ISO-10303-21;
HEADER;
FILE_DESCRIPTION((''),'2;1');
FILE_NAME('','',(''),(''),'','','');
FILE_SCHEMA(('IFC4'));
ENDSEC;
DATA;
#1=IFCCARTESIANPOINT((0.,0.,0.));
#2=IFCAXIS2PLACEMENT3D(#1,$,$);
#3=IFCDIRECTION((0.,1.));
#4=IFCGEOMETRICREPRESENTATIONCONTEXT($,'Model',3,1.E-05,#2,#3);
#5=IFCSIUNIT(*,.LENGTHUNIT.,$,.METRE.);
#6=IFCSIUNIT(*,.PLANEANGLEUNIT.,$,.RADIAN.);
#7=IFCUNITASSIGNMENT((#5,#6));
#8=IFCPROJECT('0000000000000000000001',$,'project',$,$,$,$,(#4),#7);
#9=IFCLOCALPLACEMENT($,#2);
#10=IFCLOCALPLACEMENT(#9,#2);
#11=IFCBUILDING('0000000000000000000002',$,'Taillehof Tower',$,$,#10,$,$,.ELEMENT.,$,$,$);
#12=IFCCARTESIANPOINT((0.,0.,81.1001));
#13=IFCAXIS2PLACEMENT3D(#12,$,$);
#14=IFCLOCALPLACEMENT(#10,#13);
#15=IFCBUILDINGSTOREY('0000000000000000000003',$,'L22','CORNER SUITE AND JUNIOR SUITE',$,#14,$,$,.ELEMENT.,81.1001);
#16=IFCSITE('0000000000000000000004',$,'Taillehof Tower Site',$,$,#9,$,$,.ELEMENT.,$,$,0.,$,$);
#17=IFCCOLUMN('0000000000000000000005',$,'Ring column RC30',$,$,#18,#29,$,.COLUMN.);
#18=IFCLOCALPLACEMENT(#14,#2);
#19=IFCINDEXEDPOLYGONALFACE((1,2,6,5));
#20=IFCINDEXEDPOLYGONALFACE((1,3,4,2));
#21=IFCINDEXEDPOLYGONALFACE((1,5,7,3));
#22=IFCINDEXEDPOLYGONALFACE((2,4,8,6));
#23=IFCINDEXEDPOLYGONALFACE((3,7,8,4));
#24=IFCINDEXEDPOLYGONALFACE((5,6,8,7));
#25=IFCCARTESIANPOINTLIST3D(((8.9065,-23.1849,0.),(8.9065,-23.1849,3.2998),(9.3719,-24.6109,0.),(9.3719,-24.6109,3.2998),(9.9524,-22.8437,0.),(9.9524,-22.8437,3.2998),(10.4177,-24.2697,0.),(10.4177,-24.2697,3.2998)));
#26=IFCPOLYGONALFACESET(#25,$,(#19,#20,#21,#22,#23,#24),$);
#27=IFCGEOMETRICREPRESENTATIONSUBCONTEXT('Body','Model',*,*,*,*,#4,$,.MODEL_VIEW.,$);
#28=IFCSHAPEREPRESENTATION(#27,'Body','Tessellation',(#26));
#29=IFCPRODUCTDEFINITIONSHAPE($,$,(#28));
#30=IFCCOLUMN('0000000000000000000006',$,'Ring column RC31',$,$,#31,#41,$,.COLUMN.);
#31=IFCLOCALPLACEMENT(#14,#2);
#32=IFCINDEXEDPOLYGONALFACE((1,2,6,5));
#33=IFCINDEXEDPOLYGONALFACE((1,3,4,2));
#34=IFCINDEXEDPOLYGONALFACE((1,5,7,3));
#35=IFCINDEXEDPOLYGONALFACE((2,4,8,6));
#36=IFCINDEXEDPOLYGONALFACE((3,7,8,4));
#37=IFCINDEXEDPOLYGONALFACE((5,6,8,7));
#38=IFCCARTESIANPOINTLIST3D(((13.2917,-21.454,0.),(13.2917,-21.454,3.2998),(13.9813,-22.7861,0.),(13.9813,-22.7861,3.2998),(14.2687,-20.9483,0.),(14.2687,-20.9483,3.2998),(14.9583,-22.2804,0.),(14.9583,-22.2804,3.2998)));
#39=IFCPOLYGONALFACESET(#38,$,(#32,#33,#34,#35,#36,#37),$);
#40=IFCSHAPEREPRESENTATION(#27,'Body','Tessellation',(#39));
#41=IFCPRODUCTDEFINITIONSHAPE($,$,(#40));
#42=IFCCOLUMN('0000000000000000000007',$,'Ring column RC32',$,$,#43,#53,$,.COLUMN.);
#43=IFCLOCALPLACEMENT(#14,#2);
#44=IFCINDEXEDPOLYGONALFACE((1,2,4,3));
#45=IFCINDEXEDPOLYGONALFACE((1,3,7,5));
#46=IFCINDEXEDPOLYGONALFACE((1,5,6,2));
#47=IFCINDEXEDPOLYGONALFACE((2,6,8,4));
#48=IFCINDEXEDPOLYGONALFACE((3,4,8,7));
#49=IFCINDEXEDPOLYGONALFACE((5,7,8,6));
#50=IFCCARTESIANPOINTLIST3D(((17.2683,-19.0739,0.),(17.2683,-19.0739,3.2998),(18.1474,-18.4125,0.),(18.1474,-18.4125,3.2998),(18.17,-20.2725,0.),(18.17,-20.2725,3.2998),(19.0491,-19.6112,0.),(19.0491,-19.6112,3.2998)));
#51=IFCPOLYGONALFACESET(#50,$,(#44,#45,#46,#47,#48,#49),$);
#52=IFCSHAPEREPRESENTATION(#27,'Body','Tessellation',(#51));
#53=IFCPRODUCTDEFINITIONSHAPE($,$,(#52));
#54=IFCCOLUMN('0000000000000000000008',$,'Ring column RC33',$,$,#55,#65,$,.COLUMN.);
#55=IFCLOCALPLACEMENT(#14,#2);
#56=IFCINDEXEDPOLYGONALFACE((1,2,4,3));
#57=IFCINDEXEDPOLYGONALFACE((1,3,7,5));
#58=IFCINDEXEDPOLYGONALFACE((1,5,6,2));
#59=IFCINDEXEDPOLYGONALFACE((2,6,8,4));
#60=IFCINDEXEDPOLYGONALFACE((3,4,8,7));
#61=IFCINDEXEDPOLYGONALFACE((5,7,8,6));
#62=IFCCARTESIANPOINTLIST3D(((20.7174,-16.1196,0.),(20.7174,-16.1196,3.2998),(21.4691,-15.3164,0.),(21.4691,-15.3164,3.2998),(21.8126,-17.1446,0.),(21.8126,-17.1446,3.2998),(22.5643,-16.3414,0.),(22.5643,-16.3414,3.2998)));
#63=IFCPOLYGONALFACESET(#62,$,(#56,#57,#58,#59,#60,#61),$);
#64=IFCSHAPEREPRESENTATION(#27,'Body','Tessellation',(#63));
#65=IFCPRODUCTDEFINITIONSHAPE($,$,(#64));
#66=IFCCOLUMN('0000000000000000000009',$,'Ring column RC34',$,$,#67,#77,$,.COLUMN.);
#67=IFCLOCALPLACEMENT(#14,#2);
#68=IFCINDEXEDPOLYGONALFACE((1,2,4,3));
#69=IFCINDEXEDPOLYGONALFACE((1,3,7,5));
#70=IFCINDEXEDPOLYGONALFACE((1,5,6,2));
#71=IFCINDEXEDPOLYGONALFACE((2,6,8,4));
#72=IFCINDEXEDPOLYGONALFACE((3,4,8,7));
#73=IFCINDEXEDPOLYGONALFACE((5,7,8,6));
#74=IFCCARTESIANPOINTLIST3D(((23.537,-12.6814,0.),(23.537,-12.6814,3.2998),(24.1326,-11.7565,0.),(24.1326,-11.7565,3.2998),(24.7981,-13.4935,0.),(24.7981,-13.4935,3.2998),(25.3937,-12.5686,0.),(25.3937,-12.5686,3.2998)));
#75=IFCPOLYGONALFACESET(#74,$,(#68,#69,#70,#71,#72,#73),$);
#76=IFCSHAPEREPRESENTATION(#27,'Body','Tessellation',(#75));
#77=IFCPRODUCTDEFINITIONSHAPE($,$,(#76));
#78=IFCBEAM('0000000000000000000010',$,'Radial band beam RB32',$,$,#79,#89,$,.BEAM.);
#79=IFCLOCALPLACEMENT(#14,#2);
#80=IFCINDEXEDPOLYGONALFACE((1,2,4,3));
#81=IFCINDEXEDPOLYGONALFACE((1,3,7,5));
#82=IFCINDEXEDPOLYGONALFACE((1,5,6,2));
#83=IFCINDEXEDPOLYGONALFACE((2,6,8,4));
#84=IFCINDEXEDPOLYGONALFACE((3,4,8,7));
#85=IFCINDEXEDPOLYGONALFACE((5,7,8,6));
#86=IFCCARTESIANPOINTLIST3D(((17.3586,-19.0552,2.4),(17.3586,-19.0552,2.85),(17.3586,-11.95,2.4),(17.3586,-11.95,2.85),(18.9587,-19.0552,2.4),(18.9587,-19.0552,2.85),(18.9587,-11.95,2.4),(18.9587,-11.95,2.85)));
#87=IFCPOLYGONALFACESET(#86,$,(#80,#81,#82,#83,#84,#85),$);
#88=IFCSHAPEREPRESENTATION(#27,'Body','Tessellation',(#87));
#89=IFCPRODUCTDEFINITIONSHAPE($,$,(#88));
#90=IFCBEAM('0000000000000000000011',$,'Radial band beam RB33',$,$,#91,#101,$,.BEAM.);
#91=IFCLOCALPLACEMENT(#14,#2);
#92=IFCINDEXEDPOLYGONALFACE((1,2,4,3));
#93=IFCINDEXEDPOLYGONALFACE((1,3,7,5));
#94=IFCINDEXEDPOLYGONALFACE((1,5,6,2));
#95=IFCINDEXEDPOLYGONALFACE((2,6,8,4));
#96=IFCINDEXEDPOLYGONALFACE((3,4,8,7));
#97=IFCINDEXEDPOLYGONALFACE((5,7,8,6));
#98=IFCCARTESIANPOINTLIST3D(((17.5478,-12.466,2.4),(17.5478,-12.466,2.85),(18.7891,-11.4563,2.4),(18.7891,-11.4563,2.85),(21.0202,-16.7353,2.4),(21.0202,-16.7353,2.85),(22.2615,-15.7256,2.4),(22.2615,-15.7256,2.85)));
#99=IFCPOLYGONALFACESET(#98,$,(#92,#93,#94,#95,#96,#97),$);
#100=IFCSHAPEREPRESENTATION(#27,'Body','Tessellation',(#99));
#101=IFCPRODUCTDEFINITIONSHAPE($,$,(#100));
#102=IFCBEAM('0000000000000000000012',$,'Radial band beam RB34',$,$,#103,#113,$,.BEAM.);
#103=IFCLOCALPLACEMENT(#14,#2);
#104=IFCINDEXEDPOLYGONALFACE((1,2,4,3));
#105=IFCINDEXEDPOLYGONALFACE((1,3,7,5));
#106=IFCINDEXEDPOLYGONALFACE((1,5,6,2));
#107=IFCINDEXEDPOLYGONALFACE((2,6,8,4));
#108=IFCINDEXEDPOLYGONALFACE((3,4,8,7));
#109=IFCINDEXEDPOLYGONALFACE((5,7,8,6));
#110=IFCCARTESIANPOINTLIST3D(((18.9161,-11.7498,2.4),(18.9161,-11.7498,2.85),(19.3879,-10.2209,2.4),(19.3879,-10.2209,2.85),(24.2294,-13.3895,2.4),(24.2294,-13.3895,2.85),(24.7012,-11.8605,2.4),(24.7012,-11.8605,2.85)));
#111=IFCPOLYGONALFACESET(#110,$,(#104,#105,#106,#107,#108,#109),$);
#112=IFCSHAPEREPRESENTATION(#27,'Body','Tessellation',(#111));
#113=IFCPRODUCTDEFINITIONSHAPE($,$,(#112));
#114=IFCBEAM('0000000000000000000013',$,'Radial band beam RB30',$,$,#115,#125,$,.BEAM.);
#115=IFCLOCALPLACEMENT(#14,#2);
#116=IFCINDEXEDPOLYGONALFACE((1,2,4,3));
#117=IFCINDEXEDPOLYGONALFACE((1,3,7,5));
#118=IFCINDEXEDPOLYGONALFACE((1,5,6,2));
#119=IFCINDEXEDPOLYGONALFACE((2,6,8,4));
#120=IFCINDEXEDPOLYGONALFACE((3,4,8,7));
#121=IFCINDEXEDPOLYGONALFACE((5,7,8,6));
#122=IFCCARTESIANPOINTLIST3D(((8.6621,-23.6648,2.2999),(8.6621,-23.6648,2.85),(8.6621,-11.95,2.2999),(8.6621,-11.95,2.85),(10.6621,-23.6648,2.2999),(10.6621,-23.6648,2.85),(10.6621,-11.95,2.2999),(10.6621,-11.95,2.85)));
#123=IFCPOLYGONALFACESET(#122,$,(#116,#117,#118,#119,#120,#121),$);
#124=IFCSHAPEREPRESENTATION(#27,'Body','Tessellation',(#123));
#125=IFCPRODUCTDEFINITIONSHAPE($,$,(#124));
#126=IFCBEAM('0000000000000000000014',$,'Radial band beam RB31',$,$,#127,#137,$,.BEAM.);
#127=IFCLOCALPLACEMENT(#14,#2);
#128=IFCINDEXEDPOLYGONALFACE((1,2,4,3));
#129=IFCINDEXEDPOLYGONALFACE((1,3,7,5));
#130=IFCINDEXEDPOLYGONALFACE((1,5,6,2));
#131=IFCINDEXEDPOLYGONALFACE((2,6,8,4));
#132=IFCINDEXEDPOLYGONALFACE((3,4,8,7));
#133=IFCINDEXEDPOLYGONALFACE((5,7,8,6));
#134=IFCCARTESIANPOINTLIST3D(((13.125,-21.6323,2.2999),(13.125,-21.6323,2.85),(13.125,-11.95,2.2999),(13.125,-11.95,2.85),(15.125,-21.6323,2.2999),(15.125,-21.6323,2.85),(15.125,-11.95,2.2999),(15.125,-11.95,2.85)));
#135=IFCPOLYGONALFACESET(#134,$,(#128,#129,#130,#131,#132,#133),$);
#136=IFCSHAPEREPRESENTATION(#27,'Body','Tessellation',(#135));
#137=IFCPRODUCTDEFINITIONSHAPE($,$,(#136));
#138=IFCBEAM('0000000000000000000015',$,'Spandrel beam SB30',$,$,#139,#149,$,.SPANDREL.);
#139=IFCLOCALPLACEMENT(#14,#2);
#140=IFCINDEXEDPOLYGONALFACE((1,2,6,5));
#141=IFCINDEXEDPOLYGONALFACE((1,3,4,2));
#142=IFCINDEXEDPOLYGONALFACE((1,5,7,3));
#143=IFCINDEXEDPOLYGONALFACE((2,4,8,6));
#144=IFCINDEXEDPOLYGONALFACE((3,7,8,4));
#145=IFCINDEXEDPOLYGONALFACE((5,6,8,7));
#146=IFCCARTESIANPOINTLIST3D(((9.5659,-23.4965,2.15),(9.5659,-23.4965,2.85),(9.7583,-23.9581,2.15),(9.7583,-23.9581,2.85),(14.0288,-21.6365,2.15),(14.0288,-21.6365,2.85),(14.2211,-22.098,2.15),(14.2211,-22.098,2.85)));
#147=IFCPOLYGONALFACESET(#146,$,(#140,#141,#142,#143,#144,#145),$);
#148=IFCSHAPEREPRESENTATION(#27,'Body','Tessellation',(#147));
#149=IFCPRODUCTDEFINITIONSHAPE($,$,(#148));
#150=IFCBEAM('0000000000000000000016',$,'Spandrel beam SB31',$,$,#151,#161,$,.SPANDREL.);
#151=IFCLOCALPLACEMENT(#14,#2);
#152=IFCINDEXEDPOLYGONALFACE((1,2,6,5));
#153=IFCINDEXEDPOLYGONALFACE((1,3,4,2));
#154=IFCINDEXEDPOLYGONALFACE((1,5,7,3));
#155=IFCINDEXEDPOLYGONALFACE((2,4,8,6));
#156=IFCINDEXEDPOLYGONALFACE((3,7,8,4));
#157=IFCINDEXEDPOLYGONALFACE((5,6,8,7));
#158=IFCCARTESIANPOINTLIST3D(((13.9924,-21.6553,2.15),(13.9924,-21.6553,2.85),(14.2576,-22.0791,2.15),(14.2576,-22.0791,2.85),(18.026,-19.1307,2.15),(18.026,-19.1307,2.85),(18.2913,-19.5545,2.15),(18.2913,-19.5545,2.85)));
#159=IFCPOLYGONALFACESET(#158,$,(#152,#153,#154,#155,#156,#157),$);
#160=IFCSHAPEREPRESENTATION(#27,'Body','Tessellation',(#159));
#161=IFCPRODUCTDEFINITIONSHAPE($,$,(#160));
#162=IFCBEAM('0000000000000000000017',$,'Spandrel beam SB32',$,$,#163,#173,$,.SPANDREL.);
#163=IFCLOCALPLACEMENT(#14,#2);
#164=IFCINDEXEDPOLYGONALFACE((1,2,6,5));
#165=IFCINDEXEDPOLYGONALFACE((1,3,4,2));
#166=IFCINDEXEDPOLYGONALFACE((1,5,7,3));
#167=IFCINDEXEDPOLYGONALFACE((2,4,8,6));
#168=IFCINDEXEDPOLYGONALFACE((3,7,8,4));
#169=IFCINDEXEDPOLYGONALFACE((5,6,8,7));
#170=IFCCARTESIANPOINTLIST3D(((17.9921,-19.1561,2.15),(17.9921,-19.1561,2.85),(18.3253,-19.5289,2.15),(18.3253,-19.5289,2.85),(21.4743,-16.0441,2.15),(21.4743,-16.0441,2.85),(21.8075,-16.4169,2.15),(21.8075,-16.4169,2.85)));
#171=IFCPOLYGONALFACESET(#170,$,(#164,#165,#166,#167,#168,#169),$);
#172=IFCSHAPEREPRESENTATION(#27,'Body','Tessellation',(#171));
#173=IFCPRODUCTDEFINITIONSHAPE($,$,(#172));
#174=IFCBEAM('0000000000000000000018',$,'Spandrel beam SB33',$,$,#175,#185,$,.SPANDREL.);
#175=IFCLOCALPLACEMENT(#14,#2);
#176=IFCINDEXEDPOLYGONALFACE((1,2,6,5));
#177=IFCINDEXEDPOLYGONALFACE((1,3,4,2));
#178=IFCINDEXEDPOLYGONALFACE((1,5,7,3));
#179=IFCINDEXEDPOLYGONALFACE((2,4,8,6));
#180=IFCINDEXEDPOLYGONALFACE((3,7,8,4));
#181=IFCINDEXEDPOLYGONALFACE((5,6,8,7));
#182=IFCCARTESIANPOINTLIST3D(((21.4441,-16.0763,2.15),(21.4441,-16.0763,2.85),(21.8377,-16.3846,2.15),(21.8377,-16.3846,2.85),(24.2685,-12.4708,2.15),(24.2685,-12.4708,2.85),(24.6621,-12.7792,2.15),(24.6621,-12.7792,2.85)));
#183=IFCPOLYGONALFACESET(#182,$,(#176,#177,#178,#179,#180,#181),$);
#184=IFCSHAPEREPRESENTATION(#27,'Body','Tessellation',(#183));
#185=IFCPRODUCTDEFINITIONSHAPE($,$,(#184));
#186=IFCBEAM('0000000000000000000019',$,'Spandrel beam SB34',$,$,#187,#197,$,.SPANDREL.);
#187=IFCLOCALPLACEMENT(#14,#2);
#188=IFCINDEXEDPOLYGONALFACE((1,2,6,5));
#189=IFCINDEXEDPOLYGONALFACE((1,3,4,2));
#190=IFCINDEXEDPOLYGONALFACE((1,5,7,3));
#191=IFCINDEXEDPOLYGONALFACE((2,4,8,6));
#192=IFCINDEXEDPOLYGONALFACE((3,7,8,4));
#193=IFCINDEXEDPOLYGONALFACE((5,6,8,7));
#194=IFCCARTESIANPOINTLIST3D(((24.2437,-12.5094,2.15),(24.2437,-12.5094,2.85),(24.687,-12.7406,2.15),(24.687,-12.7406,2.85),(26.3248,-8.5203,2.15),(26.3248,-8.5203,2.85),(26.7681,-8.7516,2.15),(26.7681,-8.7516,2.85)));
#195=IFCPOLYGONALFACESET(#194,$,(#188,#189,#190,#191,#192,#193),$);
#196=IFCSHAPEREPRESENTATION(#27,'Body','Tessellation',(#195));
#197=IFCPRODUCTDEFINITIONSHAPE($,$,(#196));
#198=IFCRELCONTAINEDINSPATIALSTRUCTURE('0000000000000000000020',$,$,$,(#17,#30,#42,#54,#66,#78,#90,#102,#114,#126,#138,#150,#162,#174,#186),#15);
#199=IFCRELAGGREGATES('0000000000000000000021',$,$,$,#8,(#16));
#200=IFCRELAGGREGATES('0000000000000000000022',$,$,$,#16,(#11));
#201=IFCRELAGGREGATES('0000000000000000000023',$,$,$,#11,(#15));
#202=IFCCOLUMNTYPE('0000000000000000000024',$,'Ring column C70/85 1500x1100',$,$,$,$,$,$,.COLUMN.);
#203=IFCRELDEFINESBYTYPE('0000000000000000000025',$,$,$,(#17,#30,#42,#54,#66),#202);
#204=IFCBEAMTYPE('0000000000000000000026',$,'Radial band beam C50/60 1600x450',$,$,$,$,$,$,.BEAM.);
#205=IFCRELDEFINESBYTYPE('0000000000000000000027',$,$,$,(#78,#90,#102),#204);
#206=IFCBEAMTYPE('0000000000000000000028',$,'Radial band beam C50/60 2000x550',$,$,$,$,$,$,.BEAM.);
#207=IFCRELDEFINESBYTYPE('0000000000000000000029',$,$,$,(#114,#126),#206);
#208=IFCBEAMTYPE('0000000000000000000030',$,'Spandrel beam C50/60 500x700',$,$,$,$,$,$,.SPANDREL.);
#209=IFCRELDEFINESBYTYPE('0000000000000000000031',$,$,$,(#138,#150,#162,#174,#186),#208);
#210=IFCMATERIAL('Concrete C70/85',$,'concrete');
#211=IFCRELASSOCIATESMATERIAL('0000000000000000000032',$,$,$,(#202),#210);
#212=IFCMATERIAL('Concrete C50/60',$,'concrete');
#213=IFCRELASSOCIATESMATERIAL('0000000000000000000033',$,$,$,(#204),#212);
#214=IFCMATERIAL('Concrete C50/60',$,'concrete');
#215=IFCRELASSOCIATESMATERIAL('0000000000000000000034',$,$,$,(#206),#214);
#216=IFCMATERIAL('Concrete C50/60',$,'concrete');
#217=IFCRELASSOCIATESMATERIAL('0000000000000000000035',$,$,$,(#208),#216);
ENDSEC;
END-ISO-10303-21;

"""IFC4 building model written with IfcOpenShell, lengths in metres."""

from ifc_helpers import new_model, si_unit, direction, frame, origin, origin_2d, place, context, subcontext, project, spatial, rectangle, extrude, material, material_profile, profile_set, type_object, element, save


model = new_model("IFC4")

# Units and contexts
model_context = context("Model", 3, precision=1e-05, world=origin(), true_north=direction((0.0, 1.0)))
body_context = subcontext(model_context, "Body", "Model", "MODEL_VIEW")
ifc_project = project(units=[si_unit("LENGTHUNIT", "METRE"), si_unit("PLANEANGLEUNIT", "RADIAN")], contexts=[model_context])

# Site, building, storey
site_placement = place(None, origin())
site = spatial("IfcSite", under=ifc_project, at=site_placement, Name="Taillehof Tower Site", CompositionType="ELEMENT", RefElevation=0.0)
building_placement = place(site_placement, origin())
building = spatial("IfcBuilding", under=site, at=building_placement, Name="Taillehof Tower", CompositionType="ELEMENT")
storey_placement = place(building_placement, frame((0.0, 0.0, 81.1001)))
storey = spatial("IfcBuildingStorey", under=building, at=storey_placement, Name="L22", Description="CORNER SUITE AND JUNIOR SUITE", CompositionType="ELEMENT", Elevation=81.1001)

# Columns
ifc_material_1 = material(Name="Concrete C70/85", Category="concrete")
ifc_material_profile_1 = material_profile(ifc_material_1, rectangle(XDim=1.5, YDim=1.1001, at=origin_2d()), Name="RC 1500x1100")
ifc_profile_set_1 = profile_set([ifc_material_profile_1], Name="Concrete C70/85")
column_type = type_object("IfcColumnType", Name="Ring column C70/85 1500x1100", PredefinedType="COLUMN", material=ifc_profile_set_1)
for number, where, z_axis, x_axis, name in (
    (1, (9.6621, -23.7273, 0.0), (0.0, 0.0, 1.0), (0.310219, -0.950665, 0.0), "Ring column RC30"),
    (2, (14.125, -21.8672, 0.0), (0.0, 0.0, 1.0), (0.459691, -0.888079, 0.0), "Ring column RC31"),
    (3, (18.1587, -19.3425, 0.0), (0.0, 0.0, 1.0), (0.601174, -0.799118, 0.0), "Ring column RC32"),
    (4, (21.6409, -16.2305, 0.0), (0.0, 0.0, 1.0), (0.730113, -0.683326, 0.0), "Ring column RC33"),
    (5, (24.4653, -12.625, 0.0), (0.0, 0.0, 1.0), (0.840754, -0.541418, 0.0), "Ring column RC34"),
):
    element("IfcColumn", number, at=place(storey_placement, frame(where, z_axis=z_axis, x_axis=x_axis)), inside=storey, type_object=column_type, Name=name, PredefinedType="COLUMN", context=body_context, shape_type="SweptSolid", body=[
        extrude(rectangle(XDim=1.5, YDim=1.1001, at=origin_2d()), origin(), (0.0, 0.0, 1.0), 3.2998),
    ])

# Beams
ifc_material_2 = material(Name="Concrete C50/60", Category="concrete")
ifc_material_profile_2 = material_profile(ifc_material_2, rectangle(XDim=1.6001, YDim=0.45, at=origin_2d()), Name="RC 1600x450")
ifc_profile_set_2 = profile_set([ifc_material_profile_2], Name="Concrete C50/60")
beam_type_1 = type_object("IfcBeamType", Name="Radial band beam C50/60 1600x450", PredefinedType="BEAM", material=ifc_profile_set_2)
beam_1_placement = place(storey_placement, frame((18.1587, -19.0552, 2.625), z_axis=(0.0, 1.0, 0.0), x_axis=(-1.0, 0.0, 0.0)))
element("IfcBeam", 6, at=beam_1_placement, inside=storey, type_object=beam_type_1, Name="Radial band beam RB32", PredefinedType="BEAM", context=body_context, shape_type="SweptSolid", body=[
    extrude(rectangle(XDim=1.6001, YDim=0.45, at=origin_2d()), origin(), (0.0, 0.0, 1.0), 7.1052),
])
beam_2_placement = place(storey_placement, frame((21.6409, -16.2305, 2.625), z_axis=(-0.630988, 0.775792, 0.0), x_axis=(-0.775792, -0.630988, 0.0)))
element("IfcBeam", 7, at=beam_2_placement, inside=storey, type_object=beam_type_1, Name="Radial band beam RB33", PredefinedType="BEAM", context=body_context, shape_type="SweptSolid", body=[
    extrude(rectangle(XDim=1.6001, YDim=0.45, at=origin_2d()), origin(), (0.0, 0.0, 1.0), 5.5032),
])
beam_3_placement = place(storey_placement, frame((24.4653, -12.625, 2.625), z_axis=(-0.955536, 0.294876, 0.0), x_axis=(-0.294876, -0.955536, 0.0)))
element("IfcBeam", 8, at=beam_3_placement, inside=storey, type_object=beam_type_1, Name="Radial band beam RB34", PredefinedType="BEAM", context=body_context, shape_type="SweptSolid", body=[
    extrude(rectangle(XDim=1.6001, YDim=0.45, at=origin_2d()), origin(), (0.0, 0.0, 1.0), 5.5605),
])
ifc_material_3 = material(Name="Concrete C50/60", Category="concrete")
ifc_material_profile_3 = material_profile(ifc_material_3, rectangle(XDim=2.0, YDim=0.55, at=origin_2d()), Name="RC 2000x550")
ifc_profile_set_3 = profile_set([ifc_material_profile_3], Name="Concrete C50/60")
beam_type_2 = type_object("IfcBeamType", Name="Radial band beam C50/60 2000x550", PredefinedType="BEAM", material=ifc_profile_set_3)
beam_4_placement = place(storey_placement, frame((9.6621, -23.6648, 2.575), z_axis=(0.0, 1.0, 0.0), x_axis=(-1.0, 0.0, 0.0)))
element("IfcBeam", 9, at=beam_4_placement, inside=storey, type_object=beam_type_2, Name="Radial band beam RB30", PredefinedType="BEAM", context=body_context, shape_type="SweptSolid", body=[
    extrude(rectangle(XDim=2.0, YDim=0.55, at=origin_2d()), origin(), (0.0, 0.0, 1.0), 11.7148),
])
beam_5_placement = place(storey_placement, frame((14.125, -21.6323, 2.575), z_axis=(0.0, 1.0, 0.0), x_axis=(-1.0, 0.0, 0.0)))
element("IfcBeam", 10, at=beam_5_placement, inside=storey, type_object=beam_type_2, Name="Radial band beam RB31", PredefinedType="BEAM", context=body_context, shape_type="SweptSolid", body=[
    extrude(rectangle(XDim=2.0, YDim=0.55, at=origin_2d()), origin(), (0.0, 0.0, 1.0), 9.6824),
])
ifc_material_4 = material(Name="Concrete C50/60", Category="concrete")
ifc_material_profile_4 = material_profile(ifc_material_4, rectangle(XDim=0.5, YDim=0.7, at=origin_2d()), Name="RC 500x700")
ifc_profile_set_4 = profile_set([ifc_material_profile_4], Name="Concrete C50/60")
beam_type_3 = type_object("IfcBeamType", Name="Spandrel beam C50/60 500x700", PredefinedType="SPANDREL", material=ifc_profile_set_4)
beam_6_placement = place(storey_placement, frame((9.6621, -23.7273, 2.5), z_axis=(0.923035, 0.384716, 0.0), x_axis=(-0.384716, 0.923035, 0.0)))
element("IfcBeam", 11, at=beam_6_placement, inside=storey, type_object=beam_type_3, Name="Spandrel beam SB30", PredefinedType="SPANDREL", context=body_context, shape_type="SweptSolid", body=[
    extrude(rectangle(XDim=0.5, YDim=0.7, at=origin_2d()), origin(), (0.0, 0.0, 1.0), 4.835),
])
beam_7_placement = place(storey_placement, frame((14.125, -21.8672, 2.5), z_axis=(0.847658, 0.530543, 0.0), x_axis=(-0.530543, 0.847658, 0.0)))
element("IfcBeam", 12, at=beam_7_placement, inside=storey, type_object=beam_type_3, Name="Spandrel beam SB31", PredefinedType="SPANDREL", context=body_context, shape_type="SweptSolid", body=[
    extrude(rectangle(XDim=0.5, YDim=0.7, at=origin_2d()), origin(), (0.0, 0.0, 1.0), 4.7585),
])
beam_8_placement = place(storey_placement, frame((18.1587, -19.3425, 2.5), z_axis=(0.745621, 0.66637, 0.0), x_axis=(-0.66637, 0.745621, 0.0)))
element("IfcBeam", 13, at=beam_8_placement, inside=storey, type_object=beam_type_3, Name="Spandrel beam SB32", PredefinedType="SPANDREL", context=body_context, shape_type="SweptSolid", body=[
    extrude(rectangle(XDim=0.5, YDim=0.7, at=origin_2d()), origin(), (0.0, 0.0, 1.0), 4.6702),
])
beam_9_placement = place(storey_placement, frame((21.6409, -16.2305, 2.5), z_axis=(0.616686, 0.787209, 0.0), x_axis=(-0.787209, 0.616686, 0.0)))
element("IfcBeam", 14, at=beam_9_placement, inside=storey, type_object=beam_type_3, Name="Spandrel beam SB33", PredefinedType="SPANDREL", context=body_context, shape_type="SweptSolid", body=[
    extrude(rectangle(XDim=0.5, YDim=0.7, at=origin_2d()), origin(), (0.0, 0.0, 1.0), 4.5801),
])
beam_10_placement = place(storey_placement, frame((24.4653, -12.625, 2.5), z_axis=(0.462536, 0.8866, 0.0), x_axis=(-0.8866, 0.462536, 0.0)))
element("IfcBeam", 15, at=beam_10_placement, inside=storey, type_object=beam_type_3, Name="Spandrel beam SB34", PredefinedType="SPANDREL", context=body_context, shape_type="SweptSolid", body=[
    extrude(rectangle(XDim=0.5, YDim=0.7, at=origin_2d()), origin(), (0.0, 0.0, 1.0), 4.4993),
])

save(model, "model.ifc")
